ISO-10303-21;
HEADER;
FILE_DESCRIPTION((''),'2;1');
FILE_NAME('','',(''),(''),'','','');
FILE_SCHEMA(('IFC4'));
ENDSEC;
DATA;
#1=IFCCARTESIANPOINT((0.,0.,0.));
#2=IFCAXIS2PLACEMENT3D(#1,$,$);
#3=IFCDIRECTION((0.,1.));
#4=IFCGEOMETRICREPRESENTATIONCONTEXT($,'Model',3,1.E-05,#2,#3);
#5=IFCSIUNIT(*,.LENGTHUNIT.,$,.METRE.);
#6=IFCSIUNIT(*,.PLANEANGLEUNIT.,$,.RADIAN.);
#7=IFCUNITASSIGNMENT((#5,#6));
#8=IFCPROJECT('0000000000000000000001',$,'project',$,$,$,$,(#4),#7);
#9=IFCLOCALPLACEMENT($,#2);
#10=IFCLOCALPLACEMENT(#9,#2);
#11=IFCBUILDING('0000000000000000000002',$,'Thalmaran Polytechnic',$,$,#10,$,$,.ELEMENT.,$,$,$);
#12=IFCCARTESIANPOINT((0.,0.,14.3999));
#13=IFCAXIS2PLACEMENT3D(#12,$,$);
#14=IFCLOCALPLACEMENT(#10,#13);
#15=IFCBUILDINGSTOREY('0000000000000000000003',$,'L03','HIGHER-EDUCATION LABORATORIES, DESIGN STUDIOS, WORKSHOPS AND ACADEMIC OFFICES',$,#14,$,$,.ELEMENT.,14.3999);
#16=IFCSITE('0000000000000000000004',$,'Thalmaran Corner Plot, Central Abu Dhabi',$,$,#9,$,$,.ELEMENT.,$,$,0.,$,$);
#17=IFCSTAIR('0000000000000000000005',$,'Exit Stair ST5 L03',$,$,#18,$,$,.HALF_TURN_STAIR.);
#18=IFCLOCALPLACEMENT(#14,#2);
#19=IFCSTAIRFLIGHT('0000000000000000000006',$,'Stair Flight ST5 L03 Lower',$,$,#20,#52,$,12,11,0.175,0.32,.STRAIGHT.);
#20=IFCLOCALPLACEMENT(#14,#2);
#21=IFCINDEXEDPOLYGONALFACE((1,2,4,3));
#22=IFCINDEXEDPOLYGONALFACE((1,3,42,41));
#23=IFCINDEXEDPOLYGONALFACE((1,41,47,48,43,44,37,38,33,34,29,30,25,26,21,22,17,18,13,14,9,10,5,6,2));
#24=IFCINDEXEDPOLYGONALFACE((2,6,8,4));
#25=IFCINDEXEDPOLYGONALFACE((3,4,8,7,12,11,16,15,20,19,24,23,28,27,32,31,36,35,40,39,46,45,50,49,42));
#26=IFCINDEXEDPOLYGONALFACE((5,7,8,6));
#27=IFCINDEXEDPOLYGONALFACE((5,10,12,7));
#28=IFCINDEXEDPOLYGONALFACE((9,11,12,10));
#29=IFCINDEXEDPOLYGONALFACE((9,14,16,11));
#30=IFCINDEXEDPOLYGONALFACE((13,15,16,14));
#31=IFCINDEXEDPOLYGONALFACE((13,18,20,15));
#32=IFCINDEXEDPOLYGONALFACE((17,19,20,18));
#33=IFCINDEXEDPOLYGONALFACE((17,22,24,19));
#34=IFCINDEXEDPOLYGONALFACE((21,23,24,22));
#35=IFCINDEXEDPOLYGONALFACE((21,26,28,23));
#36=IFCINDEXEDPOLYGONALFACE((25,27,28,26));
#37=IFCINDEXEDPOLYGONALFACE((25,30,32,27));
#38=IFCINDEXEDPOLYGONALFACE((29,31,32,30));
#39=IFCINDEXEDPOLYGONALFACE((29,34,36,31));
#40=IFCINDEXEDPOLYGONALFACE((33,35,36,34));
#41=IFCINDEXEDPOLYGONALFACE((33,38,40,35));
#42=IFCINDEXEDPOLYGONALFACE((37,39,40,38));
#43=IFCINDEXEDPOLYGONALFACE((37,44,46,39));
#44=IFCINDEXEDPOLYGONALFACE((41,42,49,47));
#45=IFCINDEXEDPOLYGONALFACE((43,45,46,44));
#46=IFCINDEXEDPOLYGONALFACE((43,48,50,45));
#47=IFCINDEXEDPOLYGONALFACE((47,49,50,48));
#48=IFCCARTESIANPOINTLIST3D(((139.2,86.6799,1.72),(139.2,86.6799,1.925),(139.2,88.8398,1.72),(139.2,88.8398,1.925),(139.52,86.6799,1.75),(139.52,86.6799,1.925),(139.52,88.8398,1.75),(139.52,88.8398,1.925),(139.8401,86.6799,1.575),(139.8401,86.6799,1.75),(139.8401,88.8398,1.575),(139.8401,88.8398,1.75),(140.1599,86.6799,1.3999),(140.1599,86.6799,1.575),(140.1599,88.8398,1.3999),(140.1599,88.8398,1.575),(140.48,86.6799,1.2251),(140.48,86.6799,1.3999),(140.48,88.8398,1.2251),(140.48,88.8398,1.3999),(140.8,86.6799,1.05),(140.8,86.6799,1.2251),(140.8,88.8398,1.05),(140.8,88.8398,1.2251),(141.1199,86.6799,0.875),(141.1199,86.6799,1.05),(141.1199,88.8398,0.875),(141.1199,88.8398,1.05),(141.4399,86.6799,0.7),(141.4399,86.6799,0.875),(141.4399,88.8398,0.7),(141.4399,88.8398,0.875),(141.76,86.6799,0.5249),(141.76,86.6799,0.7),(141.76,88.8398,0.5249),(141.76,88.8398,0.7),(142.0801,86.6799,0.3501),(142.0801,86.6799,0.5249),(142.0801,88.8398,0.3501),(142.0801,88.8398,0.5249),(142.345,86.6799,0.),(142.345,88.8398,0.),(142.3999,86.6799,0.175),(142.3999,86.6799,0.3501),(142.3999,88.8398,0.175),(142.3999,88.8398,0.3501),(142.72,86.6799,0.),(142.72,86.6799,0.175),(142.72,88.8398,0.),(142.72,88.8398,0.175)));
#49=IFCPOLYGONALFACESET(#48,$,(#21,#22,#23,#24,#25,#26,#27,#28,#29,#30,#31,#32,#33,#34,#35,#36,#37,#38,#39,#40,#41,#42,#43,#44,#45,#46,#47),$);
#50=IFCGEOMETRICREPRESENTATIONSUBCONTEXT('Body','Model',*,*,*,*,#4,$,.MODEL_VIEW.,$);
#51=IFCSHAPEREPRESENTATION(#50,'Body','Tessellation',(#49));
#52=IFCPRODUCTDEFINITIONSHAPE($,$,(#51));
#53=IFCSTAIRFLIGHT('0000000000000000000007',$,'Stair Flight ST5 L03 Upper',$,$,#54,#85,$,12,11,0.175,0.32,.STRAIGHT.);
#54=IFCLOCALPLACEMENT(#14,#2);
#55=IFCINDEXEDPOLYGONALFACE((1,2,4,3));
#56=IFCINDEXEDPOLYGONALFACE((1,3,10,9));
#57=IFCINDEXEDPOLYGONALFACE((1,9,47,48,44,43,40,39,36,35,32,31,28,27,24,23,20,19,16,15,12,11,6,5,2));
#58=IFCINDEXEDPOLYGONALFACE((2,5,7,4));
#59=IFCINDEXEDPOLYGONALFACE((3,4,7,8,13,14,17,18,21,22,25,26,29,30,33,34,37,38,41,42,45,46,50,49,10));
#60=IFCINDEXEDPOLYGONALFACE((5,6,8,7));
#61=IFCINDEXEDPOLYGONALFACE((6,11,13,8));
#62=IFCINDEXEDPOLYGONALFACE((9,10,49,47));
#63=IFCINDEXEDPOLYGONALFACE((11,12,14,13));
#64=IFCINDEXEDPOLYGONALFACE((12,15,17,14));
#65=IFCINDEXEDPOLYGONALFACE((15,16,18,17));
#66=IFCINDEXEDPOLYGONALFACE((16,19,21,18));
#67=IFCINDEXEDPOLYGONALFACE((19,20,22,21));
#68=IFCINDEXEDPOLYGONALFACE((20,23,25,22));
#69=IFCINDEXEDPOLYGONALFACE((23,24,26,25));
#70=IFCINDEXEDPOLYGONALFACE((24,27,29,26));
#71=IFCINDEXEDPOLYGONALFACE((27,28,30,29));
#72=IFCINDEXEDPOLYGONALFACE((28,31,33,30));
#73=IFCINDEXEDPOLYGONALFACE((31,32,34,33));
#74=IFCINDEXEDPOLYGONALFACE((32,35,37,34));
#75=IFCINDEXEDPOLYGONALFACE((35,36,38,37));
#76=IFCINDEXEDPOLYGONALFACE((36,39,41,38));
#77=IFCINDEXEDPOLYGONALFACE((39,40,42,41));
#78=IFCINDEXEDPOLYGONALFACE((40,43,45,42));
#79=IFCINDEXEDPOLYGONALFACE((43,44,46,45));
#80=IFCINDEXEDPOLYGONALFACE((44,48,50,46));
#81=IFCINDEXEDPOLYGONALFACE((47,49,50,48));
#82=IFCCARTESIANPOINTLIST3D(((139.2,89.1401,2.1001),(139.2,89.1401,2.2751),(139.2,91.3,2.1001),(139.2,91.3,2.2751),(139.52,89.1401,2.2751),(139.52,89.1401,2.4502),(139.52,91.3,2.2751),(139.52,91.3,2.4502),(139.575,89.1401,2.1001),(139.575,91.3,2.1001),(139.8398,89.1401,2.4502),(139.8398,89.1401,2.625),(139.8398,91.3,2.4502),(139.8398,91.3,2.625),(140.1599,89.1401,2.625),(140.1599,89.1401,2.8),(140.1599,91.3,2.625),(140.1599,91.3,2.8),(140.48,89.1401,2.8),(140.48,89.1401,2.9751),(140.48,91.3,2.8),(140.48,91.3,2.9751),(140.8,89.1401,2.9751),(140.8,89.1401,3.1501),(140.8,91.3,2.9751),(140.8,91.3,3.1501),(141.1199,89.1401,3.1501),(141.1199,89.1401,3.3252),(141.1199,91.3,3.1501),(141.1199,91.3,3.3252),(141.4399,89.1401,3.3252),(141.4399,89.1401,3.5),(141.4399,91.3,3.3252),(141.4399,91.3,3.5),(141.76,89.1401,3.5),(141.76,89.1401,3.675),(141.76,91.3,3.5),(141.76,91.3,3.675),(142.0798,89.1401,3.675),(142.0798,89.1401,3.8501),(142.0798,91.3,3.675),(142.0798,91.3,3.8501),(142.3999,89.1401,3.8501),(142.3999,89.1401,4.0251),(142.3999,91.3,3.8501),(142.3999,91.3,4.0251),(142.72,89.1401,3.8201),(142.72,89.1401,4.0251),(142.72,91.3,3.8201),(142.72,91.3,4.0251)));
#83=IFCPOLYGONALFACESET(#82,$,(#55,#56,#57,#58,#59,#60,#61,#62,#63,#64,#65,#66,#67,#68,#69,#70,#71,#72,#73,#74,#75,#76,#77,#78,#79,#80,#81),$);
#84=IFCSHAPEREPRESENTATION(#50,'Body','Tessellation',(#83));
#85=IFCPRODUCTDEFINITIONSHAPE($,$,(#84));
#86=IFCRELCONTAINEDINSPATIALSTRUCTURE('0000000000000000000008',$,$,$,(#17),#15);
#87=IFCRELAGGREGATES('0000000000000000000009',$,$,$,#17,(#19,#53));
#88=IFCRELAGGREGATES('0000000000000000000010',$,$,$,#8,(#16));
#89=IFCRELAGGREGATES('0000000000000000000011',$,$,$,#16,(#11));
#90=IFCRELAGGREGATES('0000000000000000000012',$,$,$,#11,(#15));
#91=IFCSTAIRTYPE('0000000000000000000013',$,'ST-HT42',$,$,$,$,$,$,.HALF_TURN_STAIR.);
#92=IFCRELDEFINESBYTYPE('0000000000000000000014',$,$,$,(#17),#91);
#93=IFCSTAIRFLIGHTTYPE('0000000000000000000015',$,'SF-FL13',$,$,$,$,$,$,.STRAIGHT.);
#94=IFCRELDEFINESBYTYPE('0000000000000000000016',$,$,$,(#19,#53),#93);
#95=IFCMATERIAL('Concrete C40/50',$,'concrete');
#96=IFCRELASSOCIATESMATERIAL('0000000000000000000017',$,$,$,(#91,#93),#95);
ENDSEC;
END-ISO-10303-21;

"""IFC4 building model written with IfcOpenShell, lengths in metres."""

from ifc_helpers import new_model, si_unit, direction, frame, origin, place, context, subcontext, project, spatial, polyline, outline, extrude, material, type_object, element, aggregate, save


model = new_model("IFC4")

# Units and contexts
model_context = context("Model", 3, precision=1e-05, world=origin(), true_north=direction((0.0, 1.0)))
body_context = subcontext(model_context, "Body", "Model", "MODEL_VIEW")
ifc_project = project(units=[si_unit("LENGTHUNIT", "METRE"), si_unit("PLANEANGLEUNIT", "RADIAN")], contexts=[model_context])

# Site, building, storey
site_placement = place(None, origin())
site = spatial("IfcSite", under=ifc_project, at=site_placement, Name="Thalmaran Corner Plot, Central Abu Dhabi", CompositionType="ELEMENT", RefElevation=0.0)
building_placement = place(site_placement, origin())
building = spatial("IfcBuilding", under=site, at=building_placement, Name="Thalmaran Polytechnic", CompositionType="ELEMENT")
storey_placement = place(building_placement, frame((0.0, 0.0, 14.3999)))
storey = spatial("IfcBuildingStorey", under=building, at=storey_placement, Name="L03", Description="HIGHER-EDUCATION LABORATORIES, DESIGN STUDIOS, WORKSHOPS AND ACADEMIC OFFICES", CompositionType="ELEMENT", Elevation=14.3999)

# Shared definitions
ifc_material_1 = material(Name="Concrete C40/50", Category="concrete")

# Stair, stair flights
stair_type = type_object("IfcStairType", Name="ST-HT42", PredefinedType="HALF_TURN_STAIR", material=ifc_material_1)
stair_placement = place(storey_placement, origin())
stair = element("IfcStair", 1, at=stair_placement, inside=storey, type_object=stair_type, Name="Exit Stair ST5 L03", PredefinedType="HALF_TURN_STAIR")
stair_flight_type = type_object("IfcStairFlightType", Name="SF-FL13", PredefinedType="STRAIGHT", material=ifc_material_1)
stair_flight_1_placement = place(storey_placement, frame((142.72, 87.76, 0.0), z_axis=(0.0, 0.0, 1.0), x_axis=(-1.0, 0.0, 0.0)))
stair_flight_1 = element("IfcStairFlight", 2, at=stair_flight_1_placement, type_object=stair_flight_type, Name="Stair Flight ST5 L03 Lower", NumberOfRisers=12, NumberOfTreads=11, PredefinedType="STRAIGHT", RiserHeight=0.175, TreadLength=0.32, context=body_context, shape_type="SweptSolid", body=[
    extrude(outline(polyline([(0.0, 0.0), (0.0, 0.175), (0.3201, 0.175), (0.3201, 0.3501), (0.6399, 0.3501), (0.6399, 0.5249), (0.96, 0.5249), (0.96, 0.7), (1.28, 0.7), (1.28, 0.875), (1.6001, 0.875), (1.6001, 1.05), (1.9199, 1.05), (1.9199, 1.2251), (2.24, 1.2251), (2.24, 1.3999), (2.5601, 1.3999), (2.5601, 1.575), (2.8799, 1.575), (2.8799, 1.75), (3.2, 1.75), (3.2, 1.925), (3.52, 1.925), (3.52, 2.1001), (3.52, 1.72), (0.375, 0.0), (0.0, 0.0)])), frame((0.0, 1.0801, 0.0), z_axis=(0.0, -1.0, 0.0), x_axis=(1.0, 0.0, 0.0)), (0.0, 0.0, 1.0), 2.1599),
])
stair_flight_2_placement = place(storey_placement, frame((139.2, 90.22, 2.1001), z_axis=(0.0, 0.0, 1.0), x_axis=(1.0, 0.0, 0.0)))
stair_flight_2 = element("IfcStairFlight", 3, at=stair_flight_2_placement, type_object=stair_flight_type, Name="Stair Flight ST5 L03 Upper", NumberOfRisers=12, NumberOfTreads=11, PredefinedType="STRAIGHT", RiserHeight=0.175, TreadLength=0.32, context=body_context, shape_type="SweptSolid", body=[
    extrude(outline(polyline([(0.0, 0.0), (0.0, 0.175), (0.3201, 0.175), (0.3201, 0.3501), (0.6399, 0.3501), (0.6399, 0.5249), (0.96, 0.5249), (0.96, 0.7), (1.28, 0.7), (1.28, 0.875), (1.6001, 0.875), (1.6001, 1.05), (1.9199, 1.05), (1.9199, 1.2251), (2.24, 1.2251), (2.24, 1.3999), (2.5601, 1.3999), (2.5601, 1.575), (2.8799, 1.575), (2.8799, 1.75), (3.2, 1.75), (3.2, 1.925), (3.52, 1.925), (3.52, 2.1001), (3.52, 1.72), (0.375, 0.0), (0.0, 0.0)])), frame((0.0, 1.0801, 0.0), z_axis=(0.0, -1.0, 0.0), x_axis=(1.0, 0.0, 0.0)), (0.0, 0.0, 1.0), 2.1599),
])
aggregate(stair, [stair_flight_1, stair_flight_2])

save(model, "model.ifc")
